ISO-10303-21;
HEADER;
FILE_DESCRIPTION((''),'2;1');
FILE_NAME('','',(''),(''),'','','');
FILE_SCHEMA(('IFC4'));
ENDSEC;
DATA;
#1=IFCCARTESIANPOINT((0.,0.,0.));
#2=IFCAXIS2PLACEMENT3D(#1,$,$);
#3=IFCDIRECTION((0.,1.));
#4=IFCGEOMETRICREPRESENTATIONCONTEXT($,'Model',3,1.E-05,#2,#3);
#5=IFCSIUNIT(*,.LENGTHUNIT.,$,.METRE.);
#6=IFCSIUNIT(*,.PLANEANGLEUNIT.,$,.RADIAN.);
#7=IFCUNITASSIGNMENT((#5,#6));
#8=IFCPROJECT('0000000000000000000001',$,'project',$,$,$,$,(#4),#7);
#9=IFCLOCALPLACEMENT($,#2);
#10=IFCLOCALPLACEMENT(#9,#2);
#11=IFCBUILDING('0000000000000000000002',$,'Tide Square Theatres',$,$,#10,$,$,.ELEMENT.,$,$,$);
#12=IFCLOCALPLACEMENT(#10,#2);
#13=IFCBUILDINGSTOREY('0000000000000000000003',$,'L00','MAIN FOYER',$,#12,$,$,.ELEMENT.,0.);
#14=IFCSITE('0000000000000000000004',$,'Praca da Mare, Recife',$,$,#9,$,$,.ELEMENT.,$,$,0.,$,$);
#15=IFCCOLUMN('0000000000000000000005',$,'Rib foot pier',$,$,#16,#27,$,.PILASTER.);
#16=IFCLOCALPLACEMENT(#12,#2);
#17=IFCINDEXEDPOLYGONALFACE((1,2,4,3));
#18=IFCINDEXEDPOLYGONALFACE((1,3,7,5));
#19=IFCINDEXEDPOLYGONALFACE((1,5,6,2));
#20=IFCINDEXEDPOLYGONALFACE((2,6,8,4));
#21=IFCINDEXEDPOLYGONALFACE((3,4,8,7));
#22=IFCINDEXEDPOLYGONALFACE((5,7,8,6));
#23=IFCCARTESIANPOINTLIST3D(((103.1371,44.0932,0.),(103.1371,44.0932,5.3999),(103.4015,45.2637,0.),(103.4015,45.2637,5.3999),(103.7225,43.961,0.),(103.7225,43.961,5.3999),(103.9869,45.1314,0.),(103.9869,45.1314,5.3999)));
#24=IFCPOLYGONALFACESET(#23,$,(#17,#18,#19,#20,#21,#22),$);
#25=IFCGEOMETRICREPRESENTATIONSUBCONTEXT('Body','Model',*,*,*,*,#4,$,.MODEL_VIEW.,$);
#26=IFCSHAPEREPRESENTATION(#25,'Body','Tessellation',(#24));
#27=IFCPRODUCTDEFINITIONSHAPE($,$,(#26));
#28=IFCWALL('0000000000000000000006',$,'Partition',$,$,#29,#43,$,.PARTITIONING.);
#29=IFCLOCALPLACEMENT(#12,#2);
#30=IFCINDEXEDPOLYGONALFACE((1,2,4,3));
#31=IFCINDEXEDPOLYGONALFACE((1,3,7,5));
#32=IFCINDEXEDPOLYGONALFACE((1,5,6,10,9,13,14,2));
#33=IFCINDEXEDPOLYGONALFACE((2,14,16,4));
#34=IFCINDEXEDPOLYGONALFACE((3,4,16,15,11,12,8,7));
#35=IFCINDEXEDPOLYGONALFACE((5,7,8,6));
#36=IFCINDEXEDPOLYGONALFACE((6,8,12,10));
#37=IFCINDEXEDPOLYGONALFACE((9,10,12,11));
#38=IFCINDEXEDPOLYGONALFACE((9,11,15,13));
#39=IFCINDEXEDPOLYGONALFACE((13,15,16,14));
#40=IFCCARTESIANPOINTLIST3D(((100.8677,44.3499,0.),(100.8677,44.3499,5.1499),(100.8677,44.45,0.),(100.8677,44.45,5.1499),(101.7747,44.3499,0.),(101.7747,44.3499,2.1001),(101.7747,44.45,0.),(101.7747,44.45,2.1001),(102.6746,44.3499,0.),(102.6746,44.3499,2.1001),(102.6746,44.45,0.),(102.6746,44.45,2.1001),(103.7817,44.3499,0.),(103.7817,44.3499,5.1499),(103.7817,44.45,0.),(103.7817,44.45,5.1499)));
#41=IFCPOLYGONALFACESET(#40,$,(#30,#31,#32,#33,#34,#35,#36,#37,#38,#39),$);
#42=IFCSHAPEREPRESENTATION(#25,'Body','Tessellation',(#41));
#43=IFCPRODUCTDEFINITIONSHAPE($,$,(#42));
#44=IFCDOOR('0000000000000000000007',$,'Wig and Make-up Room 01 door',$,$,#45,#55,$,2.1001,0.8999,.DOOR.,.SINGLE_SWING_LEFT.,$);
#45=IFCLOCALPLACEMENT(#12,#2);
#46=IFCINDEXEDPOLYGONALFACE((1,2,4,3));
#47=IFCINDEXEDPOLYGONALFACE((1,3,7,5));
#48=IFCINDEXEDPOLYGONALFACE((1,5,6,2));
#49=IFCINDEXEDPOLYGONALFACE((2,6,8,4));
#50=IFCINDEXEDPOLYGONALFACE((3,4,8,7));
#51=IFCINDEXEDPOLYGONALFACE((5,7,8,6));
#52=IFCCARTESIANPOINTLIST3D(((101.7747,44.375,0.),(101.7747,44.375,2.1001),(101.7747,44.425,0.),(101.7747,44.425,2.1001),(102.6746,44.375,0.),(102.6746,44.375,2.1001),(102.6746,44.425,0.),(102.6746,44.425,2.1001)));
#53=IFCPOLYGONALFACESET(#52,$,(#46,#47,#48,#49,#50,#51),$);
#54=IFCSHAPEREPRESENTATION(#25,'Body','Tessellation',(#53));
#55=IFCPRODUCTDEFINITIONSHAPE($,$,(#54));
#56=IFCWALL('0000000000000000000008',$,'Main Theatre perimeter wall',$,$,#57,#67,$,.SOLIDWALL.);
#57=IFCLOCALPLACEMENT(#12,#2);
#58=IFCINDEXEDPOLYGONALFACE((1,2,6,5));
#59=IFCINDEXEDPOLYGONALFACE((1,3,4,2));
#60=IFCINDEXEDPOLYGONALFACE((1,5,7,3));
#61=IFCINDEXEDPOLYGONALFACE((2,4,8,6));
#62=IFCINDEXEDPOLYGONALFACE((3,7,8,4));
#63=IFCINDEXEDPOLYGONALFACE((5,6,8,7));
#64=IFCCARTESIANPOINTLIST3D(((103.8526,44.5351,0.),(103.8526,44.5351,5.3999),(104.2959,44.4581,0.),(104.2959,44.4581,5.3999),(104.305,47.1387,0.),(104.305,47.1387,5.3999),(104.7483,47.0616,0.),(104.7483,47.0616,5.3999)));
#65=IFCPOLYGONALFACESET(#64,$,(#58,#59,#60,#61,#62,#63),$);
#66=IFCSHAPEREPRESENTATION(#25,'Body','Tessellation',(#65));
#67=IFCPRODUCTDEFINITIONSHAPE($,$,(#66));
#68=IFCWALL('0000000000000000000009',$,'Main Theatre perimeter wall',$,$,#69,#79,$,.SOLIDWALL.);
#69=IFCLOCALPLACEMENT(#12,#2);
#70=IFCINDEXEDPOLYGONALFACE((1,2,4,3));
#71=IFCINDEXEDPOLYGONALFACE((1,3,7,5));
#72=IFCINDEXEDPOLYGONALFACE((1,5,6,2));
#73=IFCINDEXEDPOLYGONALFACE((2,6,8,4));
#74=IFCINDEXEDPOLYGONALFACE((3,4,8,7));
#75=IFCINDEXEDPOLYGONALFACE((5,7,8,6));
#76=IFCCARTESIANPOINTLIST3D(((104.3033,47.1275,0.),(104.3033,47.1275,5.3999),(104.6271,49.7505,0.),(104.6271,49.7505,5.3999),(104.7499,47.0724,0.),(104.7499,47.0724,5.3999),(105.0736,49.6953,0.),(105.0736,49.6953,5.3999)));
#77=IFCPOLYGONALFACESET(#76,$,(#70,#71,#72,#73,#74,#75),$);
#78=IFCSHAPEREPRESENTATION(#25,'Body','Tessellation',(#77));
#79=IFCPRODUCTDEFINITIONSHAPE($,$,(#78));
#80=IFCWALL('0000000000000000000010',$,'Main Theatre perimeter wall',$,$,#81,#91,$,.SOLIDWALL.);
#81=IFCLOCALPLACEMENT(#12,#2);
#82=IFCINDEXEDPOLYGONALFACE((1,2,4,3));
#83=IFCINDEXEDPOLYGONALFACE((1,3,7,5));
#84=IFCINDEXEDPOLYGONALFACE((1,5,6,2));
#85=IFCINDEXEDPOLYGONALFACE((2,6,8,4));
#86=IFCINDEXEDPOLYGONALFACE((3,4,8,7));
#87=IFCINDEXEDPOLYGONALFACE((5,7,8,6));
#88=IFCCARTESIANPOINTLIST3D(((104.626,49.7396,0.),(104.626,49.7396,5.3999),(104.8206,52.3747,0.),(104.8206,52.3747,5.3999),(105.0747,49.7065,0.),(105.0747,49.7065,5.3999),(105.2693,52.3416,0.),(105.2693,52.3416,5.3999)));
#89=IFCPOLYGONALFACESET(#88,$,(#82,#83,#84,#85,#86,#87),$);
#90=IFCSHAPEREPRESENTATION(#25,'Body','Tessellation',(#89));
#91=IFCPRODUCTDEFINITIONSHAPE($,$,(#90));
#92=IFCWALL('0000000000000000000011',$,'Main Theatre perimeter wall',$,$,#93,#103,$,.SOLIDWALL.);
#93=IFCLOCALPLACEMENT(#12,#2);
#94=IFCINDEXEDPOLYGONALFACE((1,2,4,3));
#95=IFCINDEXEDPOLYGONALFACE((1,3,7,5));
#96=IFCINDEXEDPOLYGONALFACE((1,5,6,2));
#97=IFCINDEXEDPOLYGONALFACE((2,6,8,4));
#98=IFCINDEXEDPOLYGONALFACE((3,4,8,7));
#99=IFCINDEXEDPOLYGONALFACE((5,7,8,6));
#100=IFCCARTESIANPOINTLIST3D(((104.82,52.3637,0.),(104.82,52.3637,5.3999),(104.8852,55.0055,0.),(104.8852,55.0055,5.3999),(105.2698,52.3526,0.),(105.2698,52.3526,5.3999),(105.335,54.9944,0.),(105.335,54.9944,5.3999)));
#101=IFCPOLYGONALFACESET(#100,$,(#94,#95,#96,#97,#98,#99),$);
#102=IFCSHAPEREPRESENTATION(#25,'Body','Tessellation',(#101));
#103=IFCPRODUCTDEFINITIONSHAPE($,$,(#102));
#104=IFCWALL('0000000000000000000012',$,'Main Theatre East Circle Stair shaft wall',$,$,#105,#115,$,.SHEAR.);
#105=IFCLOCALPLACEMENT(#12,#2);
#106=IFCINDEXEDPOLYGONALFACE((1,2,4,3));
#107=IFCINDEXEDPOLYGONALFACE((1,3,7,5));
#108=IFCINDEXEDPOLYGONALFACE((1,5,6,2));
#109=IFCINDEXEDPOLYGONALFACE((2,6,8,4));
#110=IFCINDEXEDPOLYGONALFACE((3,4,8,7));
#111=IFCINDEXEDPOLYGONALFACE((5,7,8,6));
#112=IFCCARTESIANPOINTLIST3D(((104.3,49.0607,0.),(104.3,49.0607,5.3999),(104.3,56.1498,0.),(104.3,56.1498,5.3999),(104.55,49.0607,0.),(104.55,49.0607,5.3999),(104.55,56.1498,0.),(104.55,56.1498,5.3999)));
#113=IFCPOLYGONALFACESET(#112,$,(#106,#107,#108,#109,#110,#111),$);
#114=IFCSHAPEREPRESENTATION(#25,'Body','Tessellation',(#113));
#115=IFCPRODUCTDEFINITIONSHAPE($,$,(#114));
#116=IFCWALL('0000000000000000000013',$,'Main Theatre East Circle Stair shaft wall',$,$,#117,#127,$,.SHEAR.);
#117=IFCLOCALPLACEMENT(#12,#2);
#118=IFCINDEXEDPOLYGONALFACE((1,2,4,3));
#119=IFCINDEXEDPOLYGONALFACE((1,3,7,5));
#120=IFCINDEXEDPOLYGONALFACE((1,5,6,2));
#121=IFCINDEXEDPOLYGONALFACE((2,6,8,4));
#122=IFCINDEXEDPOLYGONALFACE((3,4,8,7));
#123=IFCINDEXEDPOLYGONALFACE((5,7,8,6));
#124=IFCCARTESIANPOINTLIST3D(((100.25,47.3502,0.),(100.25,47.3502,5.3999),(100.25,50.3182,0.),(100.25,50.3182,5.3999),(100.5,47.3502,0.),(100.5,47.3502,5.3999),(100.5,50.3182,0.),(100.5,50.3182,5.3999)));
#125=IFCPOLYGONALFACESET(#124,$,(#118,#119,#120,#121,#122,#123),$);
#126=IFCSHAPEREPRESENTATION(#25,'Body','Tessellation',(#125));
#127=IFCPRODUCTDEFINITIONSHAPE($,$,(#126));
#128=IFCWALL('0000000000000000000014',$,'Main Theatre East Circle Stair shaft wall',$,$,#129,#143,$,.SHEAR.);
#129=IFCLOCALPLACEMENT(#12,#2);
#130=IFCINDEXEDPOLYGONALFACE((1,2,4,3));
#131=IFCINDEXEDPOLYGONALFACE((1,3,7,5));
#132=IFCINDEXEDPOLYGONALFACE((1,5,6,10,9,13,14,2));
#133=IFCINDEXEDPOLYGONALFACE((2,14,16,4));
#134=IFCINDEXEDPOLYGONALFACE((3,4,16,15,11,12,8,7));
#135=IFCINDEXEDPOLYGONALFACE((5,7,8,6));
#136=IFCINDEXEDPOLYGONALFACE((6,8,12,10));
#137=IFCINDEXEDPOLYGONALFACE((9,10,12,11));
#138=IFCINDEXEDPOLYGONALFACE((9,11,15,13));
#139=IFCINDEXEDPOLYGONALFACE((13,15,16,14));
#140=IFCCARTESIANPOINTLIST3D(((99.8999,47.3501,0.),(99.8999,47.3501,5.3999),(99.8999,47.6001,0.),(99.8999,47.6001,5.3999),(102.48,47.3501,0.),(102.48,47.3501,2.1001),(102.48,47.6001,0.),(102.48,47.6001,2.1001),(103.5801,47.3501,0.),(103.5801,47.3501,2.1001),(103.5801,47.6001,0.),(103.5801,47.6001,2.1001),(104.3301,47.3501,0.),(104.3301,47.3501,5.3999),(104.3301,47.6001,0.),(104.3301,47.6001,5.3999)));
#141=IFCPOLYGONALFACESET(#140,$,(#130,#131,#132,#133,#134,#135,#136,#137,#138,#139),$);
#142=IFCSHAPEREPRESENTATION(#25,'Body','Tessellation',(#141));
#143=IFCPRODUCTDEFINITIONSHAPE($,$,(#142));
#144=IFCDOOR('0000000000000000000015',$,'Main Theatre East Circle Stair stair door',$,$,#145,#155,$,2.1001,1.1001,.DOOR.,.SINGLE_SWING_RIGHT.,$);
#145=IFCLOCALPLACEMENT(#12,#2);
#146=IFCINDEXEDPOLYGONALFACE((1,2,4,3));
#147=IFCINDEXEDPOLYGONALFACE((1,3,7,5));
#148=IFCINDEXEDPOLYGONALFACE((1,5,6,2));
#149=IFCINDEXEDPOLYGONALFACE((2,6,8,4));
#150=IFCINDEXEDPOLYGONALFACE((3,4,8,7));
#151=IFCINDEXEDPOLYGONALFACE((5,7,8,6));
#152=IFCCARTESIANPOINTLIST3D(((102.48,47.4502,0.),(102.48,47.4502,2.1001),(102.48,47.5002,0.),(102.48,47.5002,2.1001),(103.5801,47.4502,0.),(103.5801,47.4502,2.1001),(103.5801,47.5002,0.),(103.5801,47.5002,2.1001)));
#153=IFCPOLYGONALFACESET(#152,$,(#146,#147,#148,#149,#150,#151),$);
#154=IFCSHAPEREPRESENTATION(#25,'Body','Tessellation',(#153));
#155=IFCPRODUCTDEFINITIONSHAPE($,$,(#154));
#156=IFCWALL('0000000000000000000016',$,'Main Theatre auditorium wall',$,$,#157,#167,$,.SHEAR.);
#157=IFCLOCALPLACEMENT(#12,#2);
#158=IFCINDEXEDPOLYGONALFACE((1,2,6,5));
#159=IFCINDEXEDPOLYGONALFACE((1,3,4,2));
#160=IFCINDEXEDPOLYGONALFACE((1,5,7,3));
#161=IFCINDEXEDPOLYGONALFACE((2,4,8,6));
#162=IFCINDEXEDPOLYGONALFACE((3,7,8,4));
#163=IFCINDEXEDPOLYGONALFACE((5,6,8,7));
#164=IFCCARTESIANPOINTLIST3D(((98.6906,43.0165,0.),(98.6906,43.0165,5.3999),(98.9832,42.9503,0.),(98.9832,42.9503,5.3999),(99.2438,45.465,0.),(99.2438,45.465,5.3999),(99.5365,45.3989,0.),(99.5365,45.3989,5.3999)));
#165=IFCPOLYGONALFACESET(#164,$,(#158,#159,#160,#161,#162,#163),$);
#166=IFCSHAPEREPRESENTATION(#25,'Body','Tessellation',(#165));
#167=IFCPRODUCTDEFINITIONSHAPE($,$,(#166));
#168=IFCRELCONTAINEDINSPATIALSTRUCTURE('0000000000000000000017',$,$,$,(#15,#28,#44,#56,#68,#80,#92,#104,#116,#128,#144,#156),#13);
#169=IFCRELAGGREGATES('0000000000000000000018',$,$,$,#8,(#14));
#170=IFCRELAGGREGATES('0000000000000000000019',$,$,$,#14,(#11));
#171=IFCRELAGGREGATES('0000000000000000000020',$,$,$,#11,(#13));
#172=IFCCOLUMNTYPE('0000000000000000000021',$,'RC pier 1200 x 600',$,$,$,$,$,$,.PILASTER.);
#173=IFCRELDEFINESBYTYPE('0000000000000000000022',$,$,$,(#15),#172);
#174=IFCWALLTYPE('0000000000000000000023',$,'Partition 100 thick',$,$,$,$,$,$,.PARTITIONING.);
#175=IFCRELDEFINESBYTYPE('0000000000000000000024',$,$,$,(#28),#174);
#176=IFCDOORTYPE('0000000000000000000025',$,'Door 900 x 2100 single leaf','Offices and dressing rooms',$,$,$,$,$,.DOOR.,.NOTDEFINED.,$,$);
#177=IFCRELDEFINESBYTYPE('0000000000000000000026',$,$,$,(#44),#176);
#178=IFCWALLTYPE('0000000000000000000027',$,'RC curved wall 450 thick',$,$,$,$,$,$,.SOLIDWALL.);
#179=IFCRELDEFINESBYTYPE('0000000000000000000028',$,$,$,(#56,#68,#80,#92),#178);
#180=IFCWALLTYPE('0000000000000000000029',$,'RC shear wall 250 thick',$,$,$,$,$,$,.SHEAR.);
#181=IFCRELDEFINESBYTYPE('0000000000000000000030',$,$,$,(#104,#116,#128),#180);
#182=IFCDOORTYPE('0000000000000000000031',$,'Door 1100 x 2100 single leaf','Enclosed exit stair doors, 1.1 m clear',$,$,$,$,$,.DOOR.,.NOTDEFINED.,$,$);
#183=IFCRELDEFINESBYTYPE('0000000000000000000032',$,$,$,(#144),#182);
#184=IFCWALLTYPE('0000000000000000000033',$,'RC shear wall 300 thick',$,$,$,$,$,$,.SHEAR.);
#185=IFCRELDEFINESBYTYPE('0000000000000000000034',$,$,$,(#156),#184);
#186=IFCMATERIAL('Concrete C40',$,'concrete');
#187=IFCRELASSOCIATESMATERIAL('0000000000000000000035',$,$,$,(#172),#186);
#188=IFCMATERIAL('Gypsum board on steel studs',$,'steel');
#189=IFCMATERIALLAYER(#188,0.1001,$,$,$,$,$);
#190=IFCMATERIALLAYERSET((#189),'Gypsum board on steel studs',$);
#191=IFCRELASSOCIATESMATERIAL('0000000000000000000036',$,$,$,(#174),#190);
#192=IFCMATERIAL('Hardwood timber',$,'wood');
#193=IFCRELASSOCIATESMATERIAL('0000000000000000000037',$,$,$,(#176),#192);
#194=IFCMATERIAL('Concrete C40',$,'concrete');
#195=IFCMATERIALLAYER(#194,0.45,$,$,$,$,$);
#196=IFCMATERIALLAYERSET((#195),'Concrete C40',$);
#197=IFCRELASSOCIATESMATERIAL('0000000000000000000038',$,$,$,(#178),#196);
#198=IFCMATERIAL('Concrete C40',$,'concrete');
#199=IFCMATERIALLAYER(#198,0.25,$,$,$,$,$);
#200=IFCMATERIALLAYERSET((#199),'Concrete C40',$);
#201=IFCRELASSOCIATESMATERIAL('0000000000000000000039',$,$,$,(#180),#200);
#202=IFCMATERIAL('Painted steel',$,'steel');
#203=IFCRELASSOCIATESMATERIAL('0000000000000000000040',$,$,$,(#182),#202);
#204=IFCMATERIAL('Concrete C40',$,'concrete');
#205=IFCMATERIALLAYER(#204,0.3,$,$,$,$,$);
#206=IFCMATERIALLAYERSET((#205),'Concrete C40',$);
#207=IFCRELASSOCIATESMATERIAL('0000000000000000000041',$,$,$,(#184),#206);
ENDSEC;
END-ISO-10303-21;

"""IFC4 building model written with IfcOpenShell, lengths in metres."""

from ifc_helpers import new_model, si_unit, direction, frame, frame_2d, origin, origin_2d, place, context, subcontext, project, spatial, rectangle, extrude, material, layer, layer_set, material_profile, profile_set, type_object, element, fill, save


model = new_model("IFC4")

# Units and contexts
model_context = context("Model", 3, precision=1e-05, world=origin(), true_north=direction((0.0, 1.0)))
body_context = subcontext(model_context, "Body", "Model", "MODEL_VIEW")
ifc_project = project(units=[si_unit("LENGTHUNIT", "METRE"), si_unit("PLANEANGLEUNIT", "RADIAN")], contexts=[model_context])

# Site, building, storey
site_placement = place(None, origin())
site = spatial("IfcSite", under=ifc_project, at=site_placement, Name="Praca da Mare, Recife", CompositionType="ELEMENT", RefElevation=0.0)
building_placement = place(site_placement, origin())
building = spatial("IfcBuilding", under=site, at=building_placement, Name="Tide Square Theatres", CompositionType="ELEMENT")
storey_placement = place(building_placement, origin())
storey = spatial("IfcBuildingStorey", under=building, at=storey_placement, Name="L00", Description="MAIN FOYER", CompositionType="ELEMENT", Elevation=0.0)

# Column
ifc_material_1 = material(Name="Concrete C40", Category="concrete")
ifc_material_profile_1 = material_profile(ifc_material_1, rectangle(XDim=1.2, YDim=0.6001, at=origin_2d()))
ifc_profile_set_1 = profile_set([ifc_material_profile_1], Name="Concrete C40")
column_type = type_object("IfcColumnType", Name="RC pier 1200 x 600", PredefinedType="PILASTER", material=ifc_profile_set_1)
column_placement = place(storey_placement, frame((103.562, 44.6123, 0.0), z_axis=(0.0, 0.0, 1.0), x_axis=(0.220357, 0.975419, 0.0)))
element("IfcColumn", 1, at=column_placement, inside=storey, type_object=column_type, Name="Rib foot pier", PredefinedType="PILASTER", context=body_context, shape_type="SweptSolid", body=[
    extrude(rectangle(XDim=1.2, YDim=0.6001, at=origin_2d()), origin(), (0.0, 0.0, 1.0), 5.3999),
])

# Wall, opening, door
ifc_material_2 = material(Name="Gypsum board on steel studs", Category="steel")
ifc_layer_1 = layer(ifc_material_2, 0.1001)
ifc_layer_set_1 = layer_set([ifc_layer_1], Name="Gypsum board on steel studs")
wall_type_1 = type_object("IfcWallType", Name="Partition 100 thick", PredefinedType="PARTITIONING", material=ifc_layer_set_1)
wall_1_placement = place(storey_placement, frame((100.8677, 44.3999, 0.0), z_axis=(0.0, 0.0, 1.0), x_axis=(1.0, 0.0, 0.0)))
wall_1 = element("IfcWall", 2, at=wall_1_placement, inside=storey, type_object=wall_type_1, Name="Partition", PredefinedType="PARTITIONING", context=body_context, shape_type="SweptSolid", body=[
    extrude(rectangle(XDim=2.9141, YDim=0.1001, at=frame_2d((1.457, 0.0))), origin(), (0.0, 0.0, 1.0), 5.1499),
])
opening_1_placement = place(wall_1_placement, frame((0.907, 0.0, 0.0)))
opening_1 = element("IfcOpeningElement", 3, at=opening_1_placement, cuts=wall_1, PredefinedType="OPENING", context=body_context, shape_type="SweptSolid", body=[
    extrude(rectangle(XDim=0.8999, YDim=2.1001, at=frame_2d((0.45, 1.05))), frame((0.0, 0.0601, 0.0), z_axis=(0.0, -1.0, 0.0), x_axis=(1.0, 0.0, 0.0)), (0.0, 0.0, 1.0), 0.1201),
])
ifc_material_3 = material(Name="Hardwood timber", Category="wood")
door_type_1 = type_object("IfcDoorType", Name="Door 900 x 2100 single leaf", Description="Offices and dressing rooms", OperationType="NOTDEFINED", PredefinedType="DOOR", material=ifc_material_3)
door_1_placement = place(opening_1_placement, frame((0.8999, 0.0, 0.0), z_axis=(0.0, 0.0, 1.0), x_axis=(-1.0, 0.0, 0.0)))
door_1 = element("IfcDoor", 4, at=door_1_placement, inside=storey, type_object=door_type_1, Name="Wig and Make-up Room 01 door", OperationType="SINGLE_SWING_LEFT", OverallHeight=2.1001, OverallWidth=0.8999, PredefinedType="DOOR", context=body_context, shape_type="SweptSolid", body=[
    extrude(rectangle(XDim=0.8999, YDim=2.1001, at=frame_2d((0.45, 1.05))), frame((0.0, 0.0249, 0.0), z_axis=(0.0, -1.0, 0.0), x_axis=(1.0, 0.0, 0.0)), (0.0, 0.0, 1.0), 0.05),
])
fill(opening_1, door_1)

# Walls
ifc_material_4 = material(Name="Concrete C40", Category="concrete")
ifc_layer_2 = layer(ifc_material_4, 0.45)
ifc_layer_set_2 = layer_set([ifc_layer_2], Name="Concrete C40")
wall_type_2 = type_object("IfcWallType", Name="RC curved wall 450 thick", PredefinedType="SOLIDWALL", material=ifc_layer_set_2)
wall_2_placement = place(storey_placement, frame((104.0742, 44.4966, 0.0), z_axis=(0.0, 0.0, 1.0), x_axis=(0.171197, 0.985237, 0.0)))
element("IfcWall", 5, at=wall_2_placement, inside=storey, type_object=wall_type_2, Name="Main Theatre perimeter wall", PredefinedType="SOLIDWALL", context=body_context, shape_type="SweptSolid", body=[
    extrude(rectangle(XDim=2.6426, YDim=0.45, at=frame_2d((1.3213, 0.0))), origin(), (0.0, 0.0, 1.0), 5.3999),
])
wall_3_placement = place(storey_placement, frame((104.5266, 47.1001, 0.0), z_axis=(0.0, 0.0, 1.0), x_axis=(0.1225, 0.992469, 0.0)))
element("IfcWall", 6, at=wall_3_placement, inside=storey, type_object=wall_type_2, Name="Main Theatre perimeter wall", PredefinedType="SOLIDWALL", context=body_context, shape_type="SweptSolid", body=[
    extrude(rectangle(XDim=2.6428, YDim=0.45, at=frame_2d((1.3213, 0.0))), origin(), (0.0, 0.0, 1.0), 5.3999),
])
wall_4_placement = place(storey_placement, frame((104.8503, 49.7229, 0.0), z_axis=(0.0, 0.0, 1.0), x_axis=(0.073637, 0.997285, 0.0)))
element("IfcWall", 7, at=wall_4_placement, inside=storey, type_object=wall_type_2, Name="Main Theatre perimeter wall", PredefinedType="SOLIDWALL", context=body_context, shape_type="SweptSolid", body=[
    extrude(rectangle(XDim=2.6423, YDim=0.45, at=frame_2d((1.3213, 0.0))), origin(), (0.0, 0.0, 1.0), 5.3999),
])
wall_5_placement = place(storey_placement, frame((105.0449, 52.3582, 0.0), z_axis=(0.0, 0.0, 1.0), x_axis=(0.024667, 0.999696, 0.0)))
element("IfcWall", 8, at=wall_5_placement, inside=storey, type_object=wall_type_2, Name="Main Theatre perimeter wall", PredefinedType="SOLIDWALL", context=body_context, shape_type="SweptSolid", body=[
    extrude(rectangle(XDim=2.6426, YDim=0.45, at=frame_2d((1.3213, 0.0))), origin(), (0.0, 0.0, 1.0), 5.3999),
])
ifc_material_5 = material(Name="Concrete C40", Category="concrete")
ifc_layer_3 = layer(ifc_material_5, 0.25)
ifc_layer_set_3 = layer_set([ifc_layer_3], Name="Concrete C40")
wall_type_3 = type_object("IfcWallType", Name="RC shear wall 250 thick", PredefinedType="SHEAR", material=ifc_layer_set_3)
wall_6_placement = place(storey_placement, frame((104.425, 49.0608, 0.0), z_axis=(0.0, 0.0, 1.0), x_axis=(0.0, 1.0, 0.0)))
element("IfcWall", 9, at=wall_6_placement, inside=storey, type_object=wall_type_3, Name="Main Theatre East Circle Stair shaft wall", PredefinedType="SHEAR", context=body_context, shape_type="SweptSolid", body=[
    extrude(rectangle(XDim=7.0891, YDim=0.25, at=frame_2d((3.5444, 0.0))), origin(), (0.0, 0.0, 1.0), 5.3999),
])
wall_7_placement = place(storey_placement, frame((100.375, 50.3181, 0.0), z_axis=(0.0, 0.0, 1.0), x_axis=(0.0, -1.0, 0.0)))
element("IfcWall", 10, at=wall_7_placement, inside=storey, type_object=wall_type_3, Name="Main Theatre East Circle Stair shaft wall", PredefinedType="SHEAR", context=body_context, shape_type="SweptSolid", body=[
    extrude(rectangle(XDim=2.968, YDim=0.25, at=frame_2d((1.4839, 0.0))), origin(), (0.0, 0.0, 1.0), 5.3999),
])

# Wall, opening, door
wall_8_placement = place(storey_placement, frame((104.3301, 47.4751, 0.0), z_axis=(0.0, 0.0, 1.0), x_axis=(-1.0, 0.0, 0.0)))
wall_8 = element("IfcWall", 11, at=wall_8_placement, inside=storey, type_object=wall_type_3, Name="Main Theatre East Circle Stair shaft wall", PredefinedType="SHEAR", context=body_context, shape_type="SweptSolid", body=[
    extrude(rectangle(XDim=4.4302, YDim=0.25, at=frame_2d((2.2151, 0.0))), origin(), (0.0, 0.0, 1.0), 5.3999),
])
opening_2_placement = place(wall_8_placement, frame((0.75, 0.0, 0.0)))
opening_2 = element("IfcOpeningElement", 12, at=opening_2_placement, cuts=wall_8, PredefinedType="OPENING", context=body_context, shape_type="SweptSolid", body=[
    extrude(rectangle(XDim=1.1001, YDim=2.1001, at=frame_2d((0.55, 1.05))), frame((0.0, 0.135, 0.0), z_axis=(0.0, -1.0, 0.0), x_axis=(1.0, 0.0, 0.0)), (0.0, 0.0, 1.0), 0.27),
])
ifc_material_6 = material(Name="Painted steel", Category="steel")
door_type_2 = type_object("IfcDoorType", Name="Door 1100 x 2100 single leaf", Description="Enclosed exit stair doors, 1.1 m clear", OperationType="NOTDEFINED", PredefinedType="DOOR", material=ifc_material_6)
door_2_placement = place(opening_2_placement, origin())
door_2 = element("IfcDoor", 13, at=door_2_placement, inside=storey, type_object=door_type_2, Name="Main Theatre East Circle Stair stair door", OperationType="SINGLE_SWING_RIGHT", OverallHeight=2.1001, OverallWidth=1.1001, PredefinedType="DOOR", context=body_context, shape_type="SweptSolid", body=[
    extrude(rectangle(XDim=1.1001, YDim=2.1001, at=frame_2d((0.55, 1.05))), frame((0.0, 0.0249, 0.0), z_axis=(0.0, -1.0, 0.0), x_axis=(1.0, 0.0, 0.0)), (0.0, 0.0, 1.0), 0.05),
])
fill(opening_2, door_2)

# Wall
ifc_material_7 = material(Name="Concrete C40", Category="concrete")
ifc_layer_4 = layer(ifc_material_7, 0.3)
ifc_layer_set_4 = layer_set([ifc_layer_4], Name="Concrete C40")
wall_type_4 = type_object("IfcWallType", Name="RC shear wall 300 thick", PredefinedType="SHEAR", material=ifc_layer_set_4)
wall_9_placement = place(storey_placement, frame((98.8369, 42.9834, 0.0), z_axis=(0.0, 0.0, 1.0), x_axis=(0.220389, 0.975412, 0.0)))
element("IfcWall", 14, at=wall_9_placement, inside=storey, type_object=wall_type_4, Name="Main Theatre auditorium wall", PredefinedType="SHEAR", context=body_context, shape_type="SweptSolid", body=[
    extrude(rectangle(XDim=2.5103, YDim=0.3, at=frame_2d((1.2551, 0.0))), origin(), (0.0, 0.0, 1.0), 5.3999),
])

save(model, "model.ifc")
